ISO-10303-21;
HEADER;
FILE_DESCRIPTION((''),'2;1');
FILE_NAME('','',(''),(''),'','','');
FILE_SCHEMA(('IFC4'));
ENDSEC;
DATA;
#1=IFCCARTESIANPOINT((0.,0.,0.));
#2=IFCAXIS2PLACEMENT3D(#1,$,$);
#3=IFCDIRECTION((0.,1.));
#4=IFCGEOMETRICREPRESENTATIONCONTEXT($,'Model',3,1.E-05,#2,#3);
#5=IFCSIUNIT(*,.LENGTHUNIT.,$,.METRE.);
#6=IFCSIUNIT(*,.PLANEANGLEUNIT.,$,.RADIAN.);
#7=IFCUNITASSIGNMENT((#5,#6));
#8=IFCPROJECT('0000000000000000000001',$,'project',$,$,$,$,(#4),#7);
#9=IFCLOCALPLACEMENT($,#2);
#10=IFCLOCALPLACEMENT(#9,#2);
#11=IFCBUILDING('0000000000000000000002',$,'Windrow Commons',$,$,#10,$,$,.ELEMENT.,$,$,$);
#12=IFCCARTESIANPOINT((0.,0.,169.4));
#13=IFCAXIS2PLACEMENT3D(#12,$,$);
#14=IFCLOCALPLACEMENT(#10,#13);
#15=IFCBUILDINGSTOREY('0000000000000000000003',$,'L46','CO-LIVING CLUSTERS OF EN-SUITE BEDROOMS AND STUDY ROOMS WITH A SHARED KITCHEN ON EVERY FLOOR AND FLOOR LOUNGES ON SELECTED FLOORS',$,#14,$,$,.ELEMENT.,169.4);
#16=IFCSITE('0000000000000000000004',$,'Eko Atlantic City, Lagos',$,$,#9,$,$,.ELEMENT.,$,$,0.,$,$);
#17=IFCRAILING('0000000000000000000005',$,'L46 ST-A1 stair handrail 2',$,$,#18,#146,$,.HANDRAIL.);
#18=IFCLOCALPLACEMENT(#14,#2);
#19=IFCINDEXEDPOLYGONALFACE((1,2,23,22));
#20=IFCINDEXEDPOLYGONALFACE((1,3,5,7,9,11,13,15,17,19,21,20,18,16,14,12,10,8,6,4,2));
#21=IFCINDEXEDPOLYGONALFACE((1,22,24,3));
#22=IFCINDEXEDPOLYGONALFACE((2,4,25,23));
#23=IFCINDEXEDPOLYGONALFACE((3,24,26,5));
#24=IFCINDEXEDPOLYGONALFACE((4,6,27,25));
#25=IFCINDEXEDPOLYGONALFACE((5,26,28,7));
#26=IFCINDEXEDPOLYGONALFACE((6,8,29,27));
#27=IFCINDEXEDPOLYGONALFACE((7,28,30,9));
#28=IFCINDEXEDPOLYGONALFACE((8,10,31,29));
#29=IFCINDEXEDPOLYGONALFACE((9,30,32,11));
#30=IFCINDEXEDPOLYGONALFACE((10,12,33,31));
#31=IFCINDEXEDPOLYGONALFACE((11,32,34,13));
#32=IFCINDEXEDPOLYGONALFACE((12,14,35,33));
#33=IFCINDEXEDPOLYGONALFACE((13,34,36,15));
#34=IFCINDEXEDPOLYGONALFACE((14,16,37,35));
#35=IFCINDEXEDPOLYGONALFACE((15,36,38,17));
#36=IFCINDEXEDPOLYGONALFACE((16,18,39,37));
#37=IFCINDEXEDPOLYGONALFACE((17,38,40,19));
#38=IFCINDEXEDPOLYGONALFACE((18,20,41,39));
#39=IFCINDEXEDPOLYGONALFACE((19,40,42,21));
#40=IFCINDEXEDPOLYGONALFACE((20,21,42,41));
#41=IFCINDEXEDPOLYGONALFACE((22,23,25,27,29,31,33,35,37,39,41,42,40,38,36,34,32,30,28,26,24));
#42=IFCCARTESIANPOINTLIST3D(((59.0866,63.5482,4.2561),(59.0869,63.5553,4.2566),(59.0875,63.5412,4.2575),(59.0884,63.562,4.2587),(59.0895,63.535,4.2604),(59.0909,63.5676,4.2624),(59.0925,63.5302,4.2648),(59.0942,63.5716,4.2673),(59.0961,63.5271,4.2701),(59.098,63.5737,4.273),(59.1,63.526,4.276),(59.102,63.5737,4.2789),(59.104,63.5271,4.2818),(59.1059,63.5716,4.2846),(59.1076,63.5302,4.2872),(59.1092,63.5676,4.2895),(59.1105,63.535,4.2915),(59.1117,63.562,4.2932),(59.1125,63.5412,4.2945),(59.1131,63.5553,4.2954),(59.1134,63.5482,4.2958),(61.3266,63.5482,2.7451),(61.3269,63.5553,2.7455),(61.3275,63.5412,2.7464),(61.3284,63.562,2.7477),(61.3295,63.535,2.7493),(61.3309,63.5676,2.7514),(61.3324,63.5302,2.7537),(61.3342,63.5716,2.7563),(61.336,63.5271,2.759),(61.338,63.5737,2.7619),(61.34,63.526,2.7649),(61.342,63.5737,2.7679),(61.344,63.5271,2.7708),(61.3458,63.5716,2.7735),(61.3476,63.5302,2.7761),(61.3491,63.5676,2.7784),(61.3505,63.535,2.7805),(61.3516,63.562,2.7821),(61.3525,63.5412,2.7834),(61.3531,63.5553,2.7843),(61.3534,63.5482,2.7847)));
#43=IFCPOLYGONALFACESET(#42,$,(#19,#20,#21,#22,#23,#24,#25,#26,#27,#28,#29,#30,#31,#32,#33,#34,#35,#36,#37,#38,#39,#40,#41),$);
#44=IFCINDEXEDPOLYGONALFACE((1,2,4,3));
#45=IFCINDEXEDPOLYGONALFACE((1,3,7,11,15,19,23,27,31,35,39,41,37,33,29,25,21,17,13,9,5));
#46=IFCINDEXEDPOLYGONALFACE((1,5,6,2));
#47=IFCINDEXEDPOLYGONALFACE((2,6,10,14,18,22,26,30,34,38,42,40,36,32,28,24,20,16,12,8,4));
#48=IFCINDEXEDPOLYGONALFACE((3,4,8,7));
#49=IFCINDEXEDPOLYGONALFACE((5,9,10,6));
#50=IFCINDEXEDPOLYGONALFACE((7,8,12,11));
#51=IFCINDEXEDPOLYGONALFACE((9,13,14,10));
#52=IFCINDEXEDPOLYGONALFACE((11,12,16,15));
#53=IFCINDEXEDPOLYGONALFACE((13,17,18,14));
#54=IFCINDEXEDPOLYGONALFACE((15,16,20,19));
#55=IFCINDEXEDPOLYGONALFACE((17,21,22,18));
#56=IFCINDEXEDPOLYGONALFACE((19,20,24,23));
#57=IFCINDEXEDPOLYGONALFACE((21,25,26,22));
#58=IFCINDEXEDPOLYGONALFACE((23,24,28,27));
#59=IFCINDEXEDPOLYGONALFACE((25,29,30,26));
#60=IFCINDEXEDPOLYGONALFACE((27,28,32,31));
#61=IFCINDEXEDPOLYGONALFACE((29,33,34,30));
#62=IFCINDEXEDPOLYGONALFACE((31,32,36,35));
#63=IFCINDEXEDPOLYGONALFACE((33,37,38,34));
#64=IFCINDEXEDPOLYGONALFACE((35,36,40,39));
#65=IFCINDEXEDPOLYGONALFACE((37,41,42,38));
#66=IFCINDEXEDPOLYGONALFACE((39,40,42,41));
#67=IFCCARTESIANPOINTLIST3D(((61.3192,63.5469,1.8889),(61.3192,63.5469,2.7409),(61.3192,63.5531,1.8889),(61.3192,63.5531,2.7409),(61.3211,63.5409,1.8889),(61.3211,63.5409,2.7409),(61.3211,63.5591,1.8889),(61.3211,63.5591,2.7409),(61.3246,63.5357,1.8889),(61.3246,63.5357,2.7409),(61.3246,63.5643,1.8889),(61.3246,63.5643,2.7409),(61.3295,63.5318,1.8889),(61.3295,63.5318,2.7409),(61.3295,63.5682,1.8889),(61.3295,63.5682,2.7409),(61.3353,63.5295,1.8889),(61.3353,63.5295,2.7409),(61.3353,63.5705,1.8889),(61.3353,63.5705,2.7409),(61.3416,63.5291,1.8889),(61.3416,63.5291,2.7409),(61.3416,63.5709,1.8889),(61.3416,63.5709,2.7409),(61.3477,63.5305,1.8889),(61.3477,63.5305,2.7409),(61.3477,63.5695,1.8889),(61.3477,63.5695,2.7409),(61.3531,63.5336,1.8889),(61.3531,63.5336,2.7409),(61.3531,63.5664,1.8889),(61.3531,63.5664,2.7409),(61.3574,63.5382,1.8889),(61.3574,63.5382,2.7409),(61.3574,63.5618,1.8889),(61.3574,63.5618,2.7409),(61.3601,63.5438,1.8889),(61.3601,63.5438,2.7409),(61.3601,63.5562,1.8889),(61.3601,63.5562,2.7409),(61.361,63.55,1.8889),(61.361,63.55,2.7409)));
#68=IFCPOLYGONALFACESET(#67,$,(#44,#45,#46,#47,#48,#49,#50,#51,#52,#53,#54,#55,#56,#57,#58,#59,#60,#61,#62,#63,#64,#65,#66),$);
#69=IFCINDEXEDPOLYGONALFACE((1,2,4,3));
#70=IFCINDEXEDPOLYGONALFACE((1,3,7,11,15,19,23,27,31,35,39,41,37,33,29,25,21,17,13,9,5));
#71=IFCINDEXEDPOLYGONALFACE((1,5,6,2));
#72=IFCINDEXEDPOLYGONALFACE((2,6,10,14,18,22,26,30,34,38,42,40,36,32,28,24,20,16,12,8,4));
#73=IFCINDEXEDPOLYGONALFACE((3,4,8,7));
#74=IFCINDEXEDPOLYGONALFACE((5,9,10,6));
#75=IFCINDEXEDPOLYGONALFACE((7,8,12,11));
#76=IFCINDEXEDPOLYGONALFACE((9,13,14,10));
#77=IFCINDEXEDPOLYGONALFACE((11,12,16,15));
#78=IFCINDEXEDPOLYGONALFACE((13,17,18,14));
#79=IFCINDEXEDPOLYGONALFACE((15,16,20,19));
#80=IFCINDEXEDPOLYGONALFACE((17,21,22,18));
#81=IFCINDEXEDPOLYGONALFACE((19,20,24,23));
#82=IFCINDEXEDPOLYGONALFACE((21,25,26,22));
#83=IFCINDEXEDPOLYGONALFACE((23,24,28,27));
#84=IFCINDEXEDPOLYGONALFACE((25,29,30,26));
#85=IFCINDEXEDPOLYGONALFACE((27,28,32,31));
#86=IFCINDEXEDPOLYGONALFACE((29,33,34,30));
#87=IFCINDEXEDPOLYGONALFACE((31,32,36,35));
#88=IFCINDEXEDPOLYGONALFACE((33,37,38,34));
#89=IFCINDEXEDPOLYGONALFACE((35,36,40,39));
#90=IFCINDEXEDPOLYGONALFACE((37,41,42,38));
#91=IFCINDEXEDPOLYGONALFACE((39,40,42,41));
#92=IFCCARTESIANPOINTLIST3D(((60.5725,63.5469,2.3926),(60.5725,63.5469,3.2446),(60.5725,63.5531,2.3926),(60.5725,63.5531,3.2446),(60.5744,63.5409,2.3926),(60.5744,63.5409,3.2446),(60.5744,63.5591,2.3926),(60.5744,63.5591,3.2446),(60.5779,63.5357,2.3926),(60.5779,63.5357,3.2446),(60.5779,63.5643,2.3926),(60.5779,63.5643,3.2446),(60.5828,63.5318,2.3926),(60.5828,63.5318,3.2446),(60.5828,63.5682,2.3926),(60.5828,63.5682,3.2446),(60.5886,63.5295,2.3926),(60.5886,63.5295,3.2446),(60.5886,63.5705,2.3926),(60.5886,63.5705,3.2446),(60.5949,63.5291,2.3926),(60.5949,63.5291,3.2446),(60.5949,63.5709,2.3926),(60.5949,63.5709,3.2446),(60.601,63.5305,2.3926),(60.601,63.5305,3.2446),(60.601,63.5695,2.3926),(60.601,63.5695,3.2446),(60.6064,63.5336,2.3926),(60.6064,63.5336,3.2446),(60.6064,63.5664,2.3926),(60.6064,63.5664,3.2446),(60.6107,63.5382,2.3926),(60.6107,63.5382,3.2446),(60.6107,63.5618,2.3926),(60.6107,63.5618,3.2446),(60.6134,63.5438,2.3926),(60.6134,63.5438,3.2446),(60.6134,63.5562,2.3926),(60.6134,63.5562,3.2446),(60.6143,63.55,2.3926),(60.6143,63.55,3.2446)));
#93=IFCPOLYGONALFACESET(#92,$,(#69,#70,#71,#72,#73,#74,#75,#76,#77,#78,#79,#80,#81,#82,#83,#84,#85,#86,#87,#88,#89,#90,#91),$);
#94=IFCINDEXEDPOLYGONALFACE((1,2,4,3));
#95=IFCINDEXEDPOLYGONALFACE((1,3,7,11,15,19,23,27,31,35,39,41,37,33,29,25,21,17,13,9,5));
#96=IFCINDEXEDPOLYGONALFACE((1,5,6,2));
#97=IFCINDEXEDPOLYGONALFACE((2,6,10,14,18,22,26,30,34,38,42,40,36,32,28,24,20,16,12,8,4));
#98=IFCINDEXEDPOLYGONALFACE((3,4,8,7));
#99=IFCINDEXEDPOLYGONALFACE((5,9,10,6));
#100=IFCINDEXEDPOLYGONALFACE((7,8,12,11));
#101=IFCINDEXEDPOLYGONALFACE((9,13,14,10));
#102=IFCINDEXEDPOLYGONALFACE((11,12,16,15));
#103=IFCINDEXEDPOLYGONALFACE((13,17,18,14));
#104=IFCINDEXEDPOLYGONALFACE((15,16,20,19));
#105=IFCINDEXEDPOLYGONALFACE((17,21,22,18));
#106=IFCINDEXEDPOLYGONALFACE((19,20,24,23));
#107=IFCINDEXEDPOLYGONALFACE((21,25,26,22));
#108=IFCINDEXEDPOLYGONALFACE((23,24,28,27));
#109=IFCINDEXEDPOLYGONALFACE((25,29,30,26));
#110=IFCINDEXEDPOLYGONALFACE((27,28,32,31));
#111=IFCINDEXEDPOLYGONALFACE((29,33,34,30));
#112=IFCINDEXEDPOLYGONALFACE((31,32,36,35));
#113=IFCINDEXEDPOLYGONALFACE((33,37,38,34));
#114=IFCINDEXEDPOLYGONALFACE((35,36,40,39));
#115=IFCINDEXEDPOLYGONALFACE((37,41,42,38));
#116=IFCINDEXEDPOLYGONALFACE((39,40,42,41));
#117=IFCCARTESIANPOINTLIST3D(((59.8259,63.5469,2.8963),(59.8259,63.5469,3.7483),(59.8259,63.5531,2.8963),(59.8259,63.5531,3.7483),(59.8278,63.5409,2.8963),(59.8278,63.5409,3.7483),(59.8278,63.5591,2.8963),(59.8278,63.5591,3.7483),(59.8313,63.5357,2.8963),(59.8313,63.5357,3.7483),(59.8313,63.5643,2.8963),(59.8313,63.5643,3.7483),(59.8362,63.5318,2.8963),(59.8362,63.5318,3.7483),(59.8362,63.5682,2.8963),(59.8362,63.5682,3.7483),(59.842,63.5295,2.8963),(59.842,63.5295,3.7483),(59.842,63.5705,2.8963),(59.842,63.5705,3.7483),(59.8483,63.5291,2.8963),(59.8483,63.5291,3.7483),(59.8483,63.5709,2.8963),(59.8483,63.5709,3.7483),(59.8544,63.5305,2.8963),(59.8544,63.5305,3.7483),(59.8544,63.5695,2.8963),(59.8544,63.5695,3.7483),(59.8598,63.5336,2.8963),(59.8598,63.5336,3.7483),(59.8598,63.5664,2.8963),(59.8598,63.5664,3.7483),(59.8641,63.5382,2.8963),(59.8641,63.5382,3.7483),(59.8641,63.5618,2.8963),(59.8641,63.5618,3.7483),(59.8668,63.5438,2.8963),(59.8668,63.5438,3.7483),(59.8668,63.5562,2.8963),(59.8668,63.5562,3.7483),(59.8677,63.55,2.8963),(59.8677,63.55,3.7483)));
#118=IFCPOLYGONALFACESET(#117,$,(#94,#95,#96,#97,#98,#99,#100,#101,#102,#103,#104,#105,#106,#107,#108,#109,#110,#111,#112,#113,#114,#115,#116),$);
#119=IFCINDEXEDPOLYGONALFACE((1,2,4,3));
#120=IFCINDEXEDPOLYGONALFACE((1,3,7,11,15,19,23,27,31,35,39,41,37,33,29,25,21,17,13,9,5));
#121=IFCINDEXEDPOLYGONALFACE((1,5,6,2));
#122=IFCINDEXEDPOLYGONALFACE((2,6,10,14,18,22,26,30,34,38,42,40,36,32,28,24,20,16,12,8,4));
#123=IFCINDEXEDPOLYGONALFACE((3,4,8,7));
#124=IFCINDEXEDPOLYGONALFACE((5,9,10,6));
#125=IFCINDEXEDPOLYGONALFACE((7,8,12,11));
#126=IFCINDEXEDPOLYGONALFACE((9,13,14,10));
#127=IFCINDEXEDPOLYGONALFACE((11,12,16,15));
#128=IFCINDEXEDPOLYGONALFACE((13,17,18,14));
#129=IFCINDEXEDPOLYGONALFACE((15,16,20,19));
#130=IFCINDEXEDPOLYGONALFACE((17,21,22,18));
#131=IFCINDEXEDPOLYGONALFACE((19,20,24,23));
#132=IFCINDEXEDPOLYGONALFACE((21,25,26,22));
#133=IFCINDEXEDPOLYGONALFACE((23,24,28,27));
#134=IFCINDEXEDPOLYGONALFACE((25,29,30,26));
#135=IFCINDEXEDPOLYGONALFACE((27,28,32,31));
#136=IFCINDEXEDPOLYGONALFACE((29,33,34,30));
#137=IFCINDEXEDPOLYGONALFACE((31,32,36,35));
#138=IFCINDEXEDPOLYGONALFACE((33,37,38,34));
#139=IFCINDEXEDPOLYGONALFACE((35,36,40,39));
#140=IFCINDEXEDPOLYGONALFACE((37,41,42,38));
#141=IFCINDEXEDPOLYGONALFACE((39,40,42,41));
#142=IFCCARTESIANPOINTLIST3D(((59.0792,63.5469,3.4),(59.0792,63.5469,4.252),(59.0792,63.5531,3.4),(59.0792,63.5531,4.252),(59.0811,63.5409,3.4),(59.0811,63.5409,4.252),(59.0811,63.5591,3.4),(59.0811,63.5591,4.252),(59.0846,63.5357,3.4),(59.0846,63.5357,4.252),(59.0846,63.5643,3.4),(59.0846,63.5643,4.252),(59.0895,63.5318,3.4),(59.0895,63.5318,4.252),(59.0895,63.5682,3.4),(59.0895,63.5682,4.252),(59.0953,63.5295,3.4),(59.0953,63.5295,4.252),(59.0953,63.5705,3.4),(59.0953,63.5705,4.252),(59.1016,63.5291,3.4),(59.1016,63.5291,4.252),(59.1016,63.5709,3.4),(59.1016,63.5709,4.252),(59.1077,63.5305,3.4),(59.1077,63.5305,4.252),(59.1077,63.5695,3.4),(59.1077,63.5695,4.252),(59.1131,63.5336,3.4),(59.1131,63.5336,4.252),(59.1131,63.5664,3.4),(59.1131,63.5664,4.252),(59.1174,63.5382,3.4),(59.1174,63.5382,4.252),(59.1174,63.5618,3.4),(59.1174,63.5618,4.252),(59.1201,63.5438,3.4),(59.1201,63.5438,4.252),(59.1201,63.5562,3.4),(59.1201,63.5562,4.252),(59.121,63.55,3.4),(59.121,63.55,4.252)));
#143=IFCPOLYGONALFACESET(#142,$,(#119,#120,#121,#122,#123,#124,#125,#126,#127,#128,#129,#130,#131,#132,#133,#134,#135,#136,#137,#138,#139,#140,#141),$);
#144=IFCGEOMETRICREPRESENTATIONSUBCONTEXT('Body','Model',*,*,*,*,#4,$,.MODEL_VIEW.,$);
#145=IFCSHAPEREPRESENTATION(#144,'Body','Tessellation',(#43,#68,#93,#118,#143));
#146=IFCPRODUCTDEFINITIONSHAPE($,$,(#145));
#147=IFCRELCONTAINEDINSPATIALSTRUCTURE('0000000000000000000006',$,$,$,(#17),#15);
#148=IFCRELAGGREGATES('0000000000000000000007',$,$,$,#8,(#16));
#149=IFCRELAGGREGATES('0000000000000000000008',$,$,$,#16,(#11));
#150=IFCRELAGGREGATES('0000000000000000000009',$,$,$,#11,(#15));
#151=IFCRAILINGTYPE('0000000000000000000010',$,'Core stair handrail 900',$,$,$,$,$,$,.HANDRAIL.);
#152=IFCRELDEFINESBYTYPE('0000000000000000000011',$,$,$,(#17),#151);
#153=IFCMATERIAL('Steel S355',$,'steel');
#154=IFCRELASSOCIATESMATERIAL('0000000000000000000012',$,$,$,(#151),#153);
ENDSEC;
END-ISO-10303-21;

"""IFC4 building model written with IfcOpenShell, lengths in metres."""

from ifc_helpers import new_model, si_unit, direction, frame, origin, origin_2d, place, context, subcontext, project, spatial, circle, extrude, material, type_object, element, save


model = new_model("IFC4")

# Units and contexts
model_context = context("Model", 3, precision=1e-05, world=origin(), true_north=direction((0.0, 1.0)))
body_context = subcontext(model_context, "Body", "Model", "MODEL_VIEW")
ifc_project = project(units=[si_unit("LENGTHUNIT", "METRE"), si_unit("PLANEANGLEUNIT", "RADIAN")], contexts=[model_context])

# Site, building, storey
site_placement = place(None, origin())
site = spatial("IfcSite", under=ifc_project, at=site_placement, Name="Eko Atlantic City, Lagos", CompositionType="ELEMENT", RefElevation=0.0)
building_placement = place(site_placement, origin())
building = spatial("IfcBuilding", under=site, at=building_placement, Name="Windrow Commons", CompositionType="ELEMENT")
storey_placement = place(building_placement, frame((0.0, 0.0, 169.4)))
storey = spatial("IfcBuildingStorey", under=building, at=storey_placement, Name="L46", Description="CO-LIVING CLUSTERS OF EN-SUITE BEDROOMS AND STUDY ROOMS WITH A SHARED KITCHEN ON EVERY FLOOR AND FLOOR LOUNGES ON SELECTED FLOORS", CompositionType="ELEMENT", Elevation=169.4)

# Railing
ifc_material_1 = material(Name="Steel S355", Category="steel")
railing_type_1 = type_object("IfcRailingType", Name="Core stair handrail 900", PredefinedType="HANDRAIL", material=ifc_material_1)
railing_1_placement = place(storey_placement, frame((61.34, 63.55, 1.8889)))
element("IfcRailing", 1, at=railing_1_placement, inside=storey, type_object=railing_type_1, Name="L46 ST-A1 stair handrail 2", PredefinedType="HANDRAIL", context=body_context, shape_type="SweptSolid", body=[
    extrude(circle(Radius=0.024, at=origin_2d()), frame((0.0, 0.0, 0.876), z_axis=(-0.829003, 0.0, 0.559244), x_axis=(0.0, -1.0, 0.0)), (0.0, 0.0, 1.0), 2.702),
    extrude(circle(Radius=0.021, at=origin_2d()), origin(), (0.0, 0.0, 1.0), 0.852),
    extrude(circle(Radius=0.021, at=origin_2d()), frame((-0.7467, 0.0, 0.5037)), (0.0, 0.0, 1.0), 0.852),
    extrude(circle(Radius=0.021, at=origin_2d()), frame((-1.4933, 0.0, 1.0074)), (0.0, 0.0, 1.0), 0.852),
    extrude(circle(Radius=0.021, at=origin_2d()), frame((-2.24, 0.0, 1.5111)), (0.0, 0.0, 1.0), 0.852),
])

save(model, "model.ifc")
